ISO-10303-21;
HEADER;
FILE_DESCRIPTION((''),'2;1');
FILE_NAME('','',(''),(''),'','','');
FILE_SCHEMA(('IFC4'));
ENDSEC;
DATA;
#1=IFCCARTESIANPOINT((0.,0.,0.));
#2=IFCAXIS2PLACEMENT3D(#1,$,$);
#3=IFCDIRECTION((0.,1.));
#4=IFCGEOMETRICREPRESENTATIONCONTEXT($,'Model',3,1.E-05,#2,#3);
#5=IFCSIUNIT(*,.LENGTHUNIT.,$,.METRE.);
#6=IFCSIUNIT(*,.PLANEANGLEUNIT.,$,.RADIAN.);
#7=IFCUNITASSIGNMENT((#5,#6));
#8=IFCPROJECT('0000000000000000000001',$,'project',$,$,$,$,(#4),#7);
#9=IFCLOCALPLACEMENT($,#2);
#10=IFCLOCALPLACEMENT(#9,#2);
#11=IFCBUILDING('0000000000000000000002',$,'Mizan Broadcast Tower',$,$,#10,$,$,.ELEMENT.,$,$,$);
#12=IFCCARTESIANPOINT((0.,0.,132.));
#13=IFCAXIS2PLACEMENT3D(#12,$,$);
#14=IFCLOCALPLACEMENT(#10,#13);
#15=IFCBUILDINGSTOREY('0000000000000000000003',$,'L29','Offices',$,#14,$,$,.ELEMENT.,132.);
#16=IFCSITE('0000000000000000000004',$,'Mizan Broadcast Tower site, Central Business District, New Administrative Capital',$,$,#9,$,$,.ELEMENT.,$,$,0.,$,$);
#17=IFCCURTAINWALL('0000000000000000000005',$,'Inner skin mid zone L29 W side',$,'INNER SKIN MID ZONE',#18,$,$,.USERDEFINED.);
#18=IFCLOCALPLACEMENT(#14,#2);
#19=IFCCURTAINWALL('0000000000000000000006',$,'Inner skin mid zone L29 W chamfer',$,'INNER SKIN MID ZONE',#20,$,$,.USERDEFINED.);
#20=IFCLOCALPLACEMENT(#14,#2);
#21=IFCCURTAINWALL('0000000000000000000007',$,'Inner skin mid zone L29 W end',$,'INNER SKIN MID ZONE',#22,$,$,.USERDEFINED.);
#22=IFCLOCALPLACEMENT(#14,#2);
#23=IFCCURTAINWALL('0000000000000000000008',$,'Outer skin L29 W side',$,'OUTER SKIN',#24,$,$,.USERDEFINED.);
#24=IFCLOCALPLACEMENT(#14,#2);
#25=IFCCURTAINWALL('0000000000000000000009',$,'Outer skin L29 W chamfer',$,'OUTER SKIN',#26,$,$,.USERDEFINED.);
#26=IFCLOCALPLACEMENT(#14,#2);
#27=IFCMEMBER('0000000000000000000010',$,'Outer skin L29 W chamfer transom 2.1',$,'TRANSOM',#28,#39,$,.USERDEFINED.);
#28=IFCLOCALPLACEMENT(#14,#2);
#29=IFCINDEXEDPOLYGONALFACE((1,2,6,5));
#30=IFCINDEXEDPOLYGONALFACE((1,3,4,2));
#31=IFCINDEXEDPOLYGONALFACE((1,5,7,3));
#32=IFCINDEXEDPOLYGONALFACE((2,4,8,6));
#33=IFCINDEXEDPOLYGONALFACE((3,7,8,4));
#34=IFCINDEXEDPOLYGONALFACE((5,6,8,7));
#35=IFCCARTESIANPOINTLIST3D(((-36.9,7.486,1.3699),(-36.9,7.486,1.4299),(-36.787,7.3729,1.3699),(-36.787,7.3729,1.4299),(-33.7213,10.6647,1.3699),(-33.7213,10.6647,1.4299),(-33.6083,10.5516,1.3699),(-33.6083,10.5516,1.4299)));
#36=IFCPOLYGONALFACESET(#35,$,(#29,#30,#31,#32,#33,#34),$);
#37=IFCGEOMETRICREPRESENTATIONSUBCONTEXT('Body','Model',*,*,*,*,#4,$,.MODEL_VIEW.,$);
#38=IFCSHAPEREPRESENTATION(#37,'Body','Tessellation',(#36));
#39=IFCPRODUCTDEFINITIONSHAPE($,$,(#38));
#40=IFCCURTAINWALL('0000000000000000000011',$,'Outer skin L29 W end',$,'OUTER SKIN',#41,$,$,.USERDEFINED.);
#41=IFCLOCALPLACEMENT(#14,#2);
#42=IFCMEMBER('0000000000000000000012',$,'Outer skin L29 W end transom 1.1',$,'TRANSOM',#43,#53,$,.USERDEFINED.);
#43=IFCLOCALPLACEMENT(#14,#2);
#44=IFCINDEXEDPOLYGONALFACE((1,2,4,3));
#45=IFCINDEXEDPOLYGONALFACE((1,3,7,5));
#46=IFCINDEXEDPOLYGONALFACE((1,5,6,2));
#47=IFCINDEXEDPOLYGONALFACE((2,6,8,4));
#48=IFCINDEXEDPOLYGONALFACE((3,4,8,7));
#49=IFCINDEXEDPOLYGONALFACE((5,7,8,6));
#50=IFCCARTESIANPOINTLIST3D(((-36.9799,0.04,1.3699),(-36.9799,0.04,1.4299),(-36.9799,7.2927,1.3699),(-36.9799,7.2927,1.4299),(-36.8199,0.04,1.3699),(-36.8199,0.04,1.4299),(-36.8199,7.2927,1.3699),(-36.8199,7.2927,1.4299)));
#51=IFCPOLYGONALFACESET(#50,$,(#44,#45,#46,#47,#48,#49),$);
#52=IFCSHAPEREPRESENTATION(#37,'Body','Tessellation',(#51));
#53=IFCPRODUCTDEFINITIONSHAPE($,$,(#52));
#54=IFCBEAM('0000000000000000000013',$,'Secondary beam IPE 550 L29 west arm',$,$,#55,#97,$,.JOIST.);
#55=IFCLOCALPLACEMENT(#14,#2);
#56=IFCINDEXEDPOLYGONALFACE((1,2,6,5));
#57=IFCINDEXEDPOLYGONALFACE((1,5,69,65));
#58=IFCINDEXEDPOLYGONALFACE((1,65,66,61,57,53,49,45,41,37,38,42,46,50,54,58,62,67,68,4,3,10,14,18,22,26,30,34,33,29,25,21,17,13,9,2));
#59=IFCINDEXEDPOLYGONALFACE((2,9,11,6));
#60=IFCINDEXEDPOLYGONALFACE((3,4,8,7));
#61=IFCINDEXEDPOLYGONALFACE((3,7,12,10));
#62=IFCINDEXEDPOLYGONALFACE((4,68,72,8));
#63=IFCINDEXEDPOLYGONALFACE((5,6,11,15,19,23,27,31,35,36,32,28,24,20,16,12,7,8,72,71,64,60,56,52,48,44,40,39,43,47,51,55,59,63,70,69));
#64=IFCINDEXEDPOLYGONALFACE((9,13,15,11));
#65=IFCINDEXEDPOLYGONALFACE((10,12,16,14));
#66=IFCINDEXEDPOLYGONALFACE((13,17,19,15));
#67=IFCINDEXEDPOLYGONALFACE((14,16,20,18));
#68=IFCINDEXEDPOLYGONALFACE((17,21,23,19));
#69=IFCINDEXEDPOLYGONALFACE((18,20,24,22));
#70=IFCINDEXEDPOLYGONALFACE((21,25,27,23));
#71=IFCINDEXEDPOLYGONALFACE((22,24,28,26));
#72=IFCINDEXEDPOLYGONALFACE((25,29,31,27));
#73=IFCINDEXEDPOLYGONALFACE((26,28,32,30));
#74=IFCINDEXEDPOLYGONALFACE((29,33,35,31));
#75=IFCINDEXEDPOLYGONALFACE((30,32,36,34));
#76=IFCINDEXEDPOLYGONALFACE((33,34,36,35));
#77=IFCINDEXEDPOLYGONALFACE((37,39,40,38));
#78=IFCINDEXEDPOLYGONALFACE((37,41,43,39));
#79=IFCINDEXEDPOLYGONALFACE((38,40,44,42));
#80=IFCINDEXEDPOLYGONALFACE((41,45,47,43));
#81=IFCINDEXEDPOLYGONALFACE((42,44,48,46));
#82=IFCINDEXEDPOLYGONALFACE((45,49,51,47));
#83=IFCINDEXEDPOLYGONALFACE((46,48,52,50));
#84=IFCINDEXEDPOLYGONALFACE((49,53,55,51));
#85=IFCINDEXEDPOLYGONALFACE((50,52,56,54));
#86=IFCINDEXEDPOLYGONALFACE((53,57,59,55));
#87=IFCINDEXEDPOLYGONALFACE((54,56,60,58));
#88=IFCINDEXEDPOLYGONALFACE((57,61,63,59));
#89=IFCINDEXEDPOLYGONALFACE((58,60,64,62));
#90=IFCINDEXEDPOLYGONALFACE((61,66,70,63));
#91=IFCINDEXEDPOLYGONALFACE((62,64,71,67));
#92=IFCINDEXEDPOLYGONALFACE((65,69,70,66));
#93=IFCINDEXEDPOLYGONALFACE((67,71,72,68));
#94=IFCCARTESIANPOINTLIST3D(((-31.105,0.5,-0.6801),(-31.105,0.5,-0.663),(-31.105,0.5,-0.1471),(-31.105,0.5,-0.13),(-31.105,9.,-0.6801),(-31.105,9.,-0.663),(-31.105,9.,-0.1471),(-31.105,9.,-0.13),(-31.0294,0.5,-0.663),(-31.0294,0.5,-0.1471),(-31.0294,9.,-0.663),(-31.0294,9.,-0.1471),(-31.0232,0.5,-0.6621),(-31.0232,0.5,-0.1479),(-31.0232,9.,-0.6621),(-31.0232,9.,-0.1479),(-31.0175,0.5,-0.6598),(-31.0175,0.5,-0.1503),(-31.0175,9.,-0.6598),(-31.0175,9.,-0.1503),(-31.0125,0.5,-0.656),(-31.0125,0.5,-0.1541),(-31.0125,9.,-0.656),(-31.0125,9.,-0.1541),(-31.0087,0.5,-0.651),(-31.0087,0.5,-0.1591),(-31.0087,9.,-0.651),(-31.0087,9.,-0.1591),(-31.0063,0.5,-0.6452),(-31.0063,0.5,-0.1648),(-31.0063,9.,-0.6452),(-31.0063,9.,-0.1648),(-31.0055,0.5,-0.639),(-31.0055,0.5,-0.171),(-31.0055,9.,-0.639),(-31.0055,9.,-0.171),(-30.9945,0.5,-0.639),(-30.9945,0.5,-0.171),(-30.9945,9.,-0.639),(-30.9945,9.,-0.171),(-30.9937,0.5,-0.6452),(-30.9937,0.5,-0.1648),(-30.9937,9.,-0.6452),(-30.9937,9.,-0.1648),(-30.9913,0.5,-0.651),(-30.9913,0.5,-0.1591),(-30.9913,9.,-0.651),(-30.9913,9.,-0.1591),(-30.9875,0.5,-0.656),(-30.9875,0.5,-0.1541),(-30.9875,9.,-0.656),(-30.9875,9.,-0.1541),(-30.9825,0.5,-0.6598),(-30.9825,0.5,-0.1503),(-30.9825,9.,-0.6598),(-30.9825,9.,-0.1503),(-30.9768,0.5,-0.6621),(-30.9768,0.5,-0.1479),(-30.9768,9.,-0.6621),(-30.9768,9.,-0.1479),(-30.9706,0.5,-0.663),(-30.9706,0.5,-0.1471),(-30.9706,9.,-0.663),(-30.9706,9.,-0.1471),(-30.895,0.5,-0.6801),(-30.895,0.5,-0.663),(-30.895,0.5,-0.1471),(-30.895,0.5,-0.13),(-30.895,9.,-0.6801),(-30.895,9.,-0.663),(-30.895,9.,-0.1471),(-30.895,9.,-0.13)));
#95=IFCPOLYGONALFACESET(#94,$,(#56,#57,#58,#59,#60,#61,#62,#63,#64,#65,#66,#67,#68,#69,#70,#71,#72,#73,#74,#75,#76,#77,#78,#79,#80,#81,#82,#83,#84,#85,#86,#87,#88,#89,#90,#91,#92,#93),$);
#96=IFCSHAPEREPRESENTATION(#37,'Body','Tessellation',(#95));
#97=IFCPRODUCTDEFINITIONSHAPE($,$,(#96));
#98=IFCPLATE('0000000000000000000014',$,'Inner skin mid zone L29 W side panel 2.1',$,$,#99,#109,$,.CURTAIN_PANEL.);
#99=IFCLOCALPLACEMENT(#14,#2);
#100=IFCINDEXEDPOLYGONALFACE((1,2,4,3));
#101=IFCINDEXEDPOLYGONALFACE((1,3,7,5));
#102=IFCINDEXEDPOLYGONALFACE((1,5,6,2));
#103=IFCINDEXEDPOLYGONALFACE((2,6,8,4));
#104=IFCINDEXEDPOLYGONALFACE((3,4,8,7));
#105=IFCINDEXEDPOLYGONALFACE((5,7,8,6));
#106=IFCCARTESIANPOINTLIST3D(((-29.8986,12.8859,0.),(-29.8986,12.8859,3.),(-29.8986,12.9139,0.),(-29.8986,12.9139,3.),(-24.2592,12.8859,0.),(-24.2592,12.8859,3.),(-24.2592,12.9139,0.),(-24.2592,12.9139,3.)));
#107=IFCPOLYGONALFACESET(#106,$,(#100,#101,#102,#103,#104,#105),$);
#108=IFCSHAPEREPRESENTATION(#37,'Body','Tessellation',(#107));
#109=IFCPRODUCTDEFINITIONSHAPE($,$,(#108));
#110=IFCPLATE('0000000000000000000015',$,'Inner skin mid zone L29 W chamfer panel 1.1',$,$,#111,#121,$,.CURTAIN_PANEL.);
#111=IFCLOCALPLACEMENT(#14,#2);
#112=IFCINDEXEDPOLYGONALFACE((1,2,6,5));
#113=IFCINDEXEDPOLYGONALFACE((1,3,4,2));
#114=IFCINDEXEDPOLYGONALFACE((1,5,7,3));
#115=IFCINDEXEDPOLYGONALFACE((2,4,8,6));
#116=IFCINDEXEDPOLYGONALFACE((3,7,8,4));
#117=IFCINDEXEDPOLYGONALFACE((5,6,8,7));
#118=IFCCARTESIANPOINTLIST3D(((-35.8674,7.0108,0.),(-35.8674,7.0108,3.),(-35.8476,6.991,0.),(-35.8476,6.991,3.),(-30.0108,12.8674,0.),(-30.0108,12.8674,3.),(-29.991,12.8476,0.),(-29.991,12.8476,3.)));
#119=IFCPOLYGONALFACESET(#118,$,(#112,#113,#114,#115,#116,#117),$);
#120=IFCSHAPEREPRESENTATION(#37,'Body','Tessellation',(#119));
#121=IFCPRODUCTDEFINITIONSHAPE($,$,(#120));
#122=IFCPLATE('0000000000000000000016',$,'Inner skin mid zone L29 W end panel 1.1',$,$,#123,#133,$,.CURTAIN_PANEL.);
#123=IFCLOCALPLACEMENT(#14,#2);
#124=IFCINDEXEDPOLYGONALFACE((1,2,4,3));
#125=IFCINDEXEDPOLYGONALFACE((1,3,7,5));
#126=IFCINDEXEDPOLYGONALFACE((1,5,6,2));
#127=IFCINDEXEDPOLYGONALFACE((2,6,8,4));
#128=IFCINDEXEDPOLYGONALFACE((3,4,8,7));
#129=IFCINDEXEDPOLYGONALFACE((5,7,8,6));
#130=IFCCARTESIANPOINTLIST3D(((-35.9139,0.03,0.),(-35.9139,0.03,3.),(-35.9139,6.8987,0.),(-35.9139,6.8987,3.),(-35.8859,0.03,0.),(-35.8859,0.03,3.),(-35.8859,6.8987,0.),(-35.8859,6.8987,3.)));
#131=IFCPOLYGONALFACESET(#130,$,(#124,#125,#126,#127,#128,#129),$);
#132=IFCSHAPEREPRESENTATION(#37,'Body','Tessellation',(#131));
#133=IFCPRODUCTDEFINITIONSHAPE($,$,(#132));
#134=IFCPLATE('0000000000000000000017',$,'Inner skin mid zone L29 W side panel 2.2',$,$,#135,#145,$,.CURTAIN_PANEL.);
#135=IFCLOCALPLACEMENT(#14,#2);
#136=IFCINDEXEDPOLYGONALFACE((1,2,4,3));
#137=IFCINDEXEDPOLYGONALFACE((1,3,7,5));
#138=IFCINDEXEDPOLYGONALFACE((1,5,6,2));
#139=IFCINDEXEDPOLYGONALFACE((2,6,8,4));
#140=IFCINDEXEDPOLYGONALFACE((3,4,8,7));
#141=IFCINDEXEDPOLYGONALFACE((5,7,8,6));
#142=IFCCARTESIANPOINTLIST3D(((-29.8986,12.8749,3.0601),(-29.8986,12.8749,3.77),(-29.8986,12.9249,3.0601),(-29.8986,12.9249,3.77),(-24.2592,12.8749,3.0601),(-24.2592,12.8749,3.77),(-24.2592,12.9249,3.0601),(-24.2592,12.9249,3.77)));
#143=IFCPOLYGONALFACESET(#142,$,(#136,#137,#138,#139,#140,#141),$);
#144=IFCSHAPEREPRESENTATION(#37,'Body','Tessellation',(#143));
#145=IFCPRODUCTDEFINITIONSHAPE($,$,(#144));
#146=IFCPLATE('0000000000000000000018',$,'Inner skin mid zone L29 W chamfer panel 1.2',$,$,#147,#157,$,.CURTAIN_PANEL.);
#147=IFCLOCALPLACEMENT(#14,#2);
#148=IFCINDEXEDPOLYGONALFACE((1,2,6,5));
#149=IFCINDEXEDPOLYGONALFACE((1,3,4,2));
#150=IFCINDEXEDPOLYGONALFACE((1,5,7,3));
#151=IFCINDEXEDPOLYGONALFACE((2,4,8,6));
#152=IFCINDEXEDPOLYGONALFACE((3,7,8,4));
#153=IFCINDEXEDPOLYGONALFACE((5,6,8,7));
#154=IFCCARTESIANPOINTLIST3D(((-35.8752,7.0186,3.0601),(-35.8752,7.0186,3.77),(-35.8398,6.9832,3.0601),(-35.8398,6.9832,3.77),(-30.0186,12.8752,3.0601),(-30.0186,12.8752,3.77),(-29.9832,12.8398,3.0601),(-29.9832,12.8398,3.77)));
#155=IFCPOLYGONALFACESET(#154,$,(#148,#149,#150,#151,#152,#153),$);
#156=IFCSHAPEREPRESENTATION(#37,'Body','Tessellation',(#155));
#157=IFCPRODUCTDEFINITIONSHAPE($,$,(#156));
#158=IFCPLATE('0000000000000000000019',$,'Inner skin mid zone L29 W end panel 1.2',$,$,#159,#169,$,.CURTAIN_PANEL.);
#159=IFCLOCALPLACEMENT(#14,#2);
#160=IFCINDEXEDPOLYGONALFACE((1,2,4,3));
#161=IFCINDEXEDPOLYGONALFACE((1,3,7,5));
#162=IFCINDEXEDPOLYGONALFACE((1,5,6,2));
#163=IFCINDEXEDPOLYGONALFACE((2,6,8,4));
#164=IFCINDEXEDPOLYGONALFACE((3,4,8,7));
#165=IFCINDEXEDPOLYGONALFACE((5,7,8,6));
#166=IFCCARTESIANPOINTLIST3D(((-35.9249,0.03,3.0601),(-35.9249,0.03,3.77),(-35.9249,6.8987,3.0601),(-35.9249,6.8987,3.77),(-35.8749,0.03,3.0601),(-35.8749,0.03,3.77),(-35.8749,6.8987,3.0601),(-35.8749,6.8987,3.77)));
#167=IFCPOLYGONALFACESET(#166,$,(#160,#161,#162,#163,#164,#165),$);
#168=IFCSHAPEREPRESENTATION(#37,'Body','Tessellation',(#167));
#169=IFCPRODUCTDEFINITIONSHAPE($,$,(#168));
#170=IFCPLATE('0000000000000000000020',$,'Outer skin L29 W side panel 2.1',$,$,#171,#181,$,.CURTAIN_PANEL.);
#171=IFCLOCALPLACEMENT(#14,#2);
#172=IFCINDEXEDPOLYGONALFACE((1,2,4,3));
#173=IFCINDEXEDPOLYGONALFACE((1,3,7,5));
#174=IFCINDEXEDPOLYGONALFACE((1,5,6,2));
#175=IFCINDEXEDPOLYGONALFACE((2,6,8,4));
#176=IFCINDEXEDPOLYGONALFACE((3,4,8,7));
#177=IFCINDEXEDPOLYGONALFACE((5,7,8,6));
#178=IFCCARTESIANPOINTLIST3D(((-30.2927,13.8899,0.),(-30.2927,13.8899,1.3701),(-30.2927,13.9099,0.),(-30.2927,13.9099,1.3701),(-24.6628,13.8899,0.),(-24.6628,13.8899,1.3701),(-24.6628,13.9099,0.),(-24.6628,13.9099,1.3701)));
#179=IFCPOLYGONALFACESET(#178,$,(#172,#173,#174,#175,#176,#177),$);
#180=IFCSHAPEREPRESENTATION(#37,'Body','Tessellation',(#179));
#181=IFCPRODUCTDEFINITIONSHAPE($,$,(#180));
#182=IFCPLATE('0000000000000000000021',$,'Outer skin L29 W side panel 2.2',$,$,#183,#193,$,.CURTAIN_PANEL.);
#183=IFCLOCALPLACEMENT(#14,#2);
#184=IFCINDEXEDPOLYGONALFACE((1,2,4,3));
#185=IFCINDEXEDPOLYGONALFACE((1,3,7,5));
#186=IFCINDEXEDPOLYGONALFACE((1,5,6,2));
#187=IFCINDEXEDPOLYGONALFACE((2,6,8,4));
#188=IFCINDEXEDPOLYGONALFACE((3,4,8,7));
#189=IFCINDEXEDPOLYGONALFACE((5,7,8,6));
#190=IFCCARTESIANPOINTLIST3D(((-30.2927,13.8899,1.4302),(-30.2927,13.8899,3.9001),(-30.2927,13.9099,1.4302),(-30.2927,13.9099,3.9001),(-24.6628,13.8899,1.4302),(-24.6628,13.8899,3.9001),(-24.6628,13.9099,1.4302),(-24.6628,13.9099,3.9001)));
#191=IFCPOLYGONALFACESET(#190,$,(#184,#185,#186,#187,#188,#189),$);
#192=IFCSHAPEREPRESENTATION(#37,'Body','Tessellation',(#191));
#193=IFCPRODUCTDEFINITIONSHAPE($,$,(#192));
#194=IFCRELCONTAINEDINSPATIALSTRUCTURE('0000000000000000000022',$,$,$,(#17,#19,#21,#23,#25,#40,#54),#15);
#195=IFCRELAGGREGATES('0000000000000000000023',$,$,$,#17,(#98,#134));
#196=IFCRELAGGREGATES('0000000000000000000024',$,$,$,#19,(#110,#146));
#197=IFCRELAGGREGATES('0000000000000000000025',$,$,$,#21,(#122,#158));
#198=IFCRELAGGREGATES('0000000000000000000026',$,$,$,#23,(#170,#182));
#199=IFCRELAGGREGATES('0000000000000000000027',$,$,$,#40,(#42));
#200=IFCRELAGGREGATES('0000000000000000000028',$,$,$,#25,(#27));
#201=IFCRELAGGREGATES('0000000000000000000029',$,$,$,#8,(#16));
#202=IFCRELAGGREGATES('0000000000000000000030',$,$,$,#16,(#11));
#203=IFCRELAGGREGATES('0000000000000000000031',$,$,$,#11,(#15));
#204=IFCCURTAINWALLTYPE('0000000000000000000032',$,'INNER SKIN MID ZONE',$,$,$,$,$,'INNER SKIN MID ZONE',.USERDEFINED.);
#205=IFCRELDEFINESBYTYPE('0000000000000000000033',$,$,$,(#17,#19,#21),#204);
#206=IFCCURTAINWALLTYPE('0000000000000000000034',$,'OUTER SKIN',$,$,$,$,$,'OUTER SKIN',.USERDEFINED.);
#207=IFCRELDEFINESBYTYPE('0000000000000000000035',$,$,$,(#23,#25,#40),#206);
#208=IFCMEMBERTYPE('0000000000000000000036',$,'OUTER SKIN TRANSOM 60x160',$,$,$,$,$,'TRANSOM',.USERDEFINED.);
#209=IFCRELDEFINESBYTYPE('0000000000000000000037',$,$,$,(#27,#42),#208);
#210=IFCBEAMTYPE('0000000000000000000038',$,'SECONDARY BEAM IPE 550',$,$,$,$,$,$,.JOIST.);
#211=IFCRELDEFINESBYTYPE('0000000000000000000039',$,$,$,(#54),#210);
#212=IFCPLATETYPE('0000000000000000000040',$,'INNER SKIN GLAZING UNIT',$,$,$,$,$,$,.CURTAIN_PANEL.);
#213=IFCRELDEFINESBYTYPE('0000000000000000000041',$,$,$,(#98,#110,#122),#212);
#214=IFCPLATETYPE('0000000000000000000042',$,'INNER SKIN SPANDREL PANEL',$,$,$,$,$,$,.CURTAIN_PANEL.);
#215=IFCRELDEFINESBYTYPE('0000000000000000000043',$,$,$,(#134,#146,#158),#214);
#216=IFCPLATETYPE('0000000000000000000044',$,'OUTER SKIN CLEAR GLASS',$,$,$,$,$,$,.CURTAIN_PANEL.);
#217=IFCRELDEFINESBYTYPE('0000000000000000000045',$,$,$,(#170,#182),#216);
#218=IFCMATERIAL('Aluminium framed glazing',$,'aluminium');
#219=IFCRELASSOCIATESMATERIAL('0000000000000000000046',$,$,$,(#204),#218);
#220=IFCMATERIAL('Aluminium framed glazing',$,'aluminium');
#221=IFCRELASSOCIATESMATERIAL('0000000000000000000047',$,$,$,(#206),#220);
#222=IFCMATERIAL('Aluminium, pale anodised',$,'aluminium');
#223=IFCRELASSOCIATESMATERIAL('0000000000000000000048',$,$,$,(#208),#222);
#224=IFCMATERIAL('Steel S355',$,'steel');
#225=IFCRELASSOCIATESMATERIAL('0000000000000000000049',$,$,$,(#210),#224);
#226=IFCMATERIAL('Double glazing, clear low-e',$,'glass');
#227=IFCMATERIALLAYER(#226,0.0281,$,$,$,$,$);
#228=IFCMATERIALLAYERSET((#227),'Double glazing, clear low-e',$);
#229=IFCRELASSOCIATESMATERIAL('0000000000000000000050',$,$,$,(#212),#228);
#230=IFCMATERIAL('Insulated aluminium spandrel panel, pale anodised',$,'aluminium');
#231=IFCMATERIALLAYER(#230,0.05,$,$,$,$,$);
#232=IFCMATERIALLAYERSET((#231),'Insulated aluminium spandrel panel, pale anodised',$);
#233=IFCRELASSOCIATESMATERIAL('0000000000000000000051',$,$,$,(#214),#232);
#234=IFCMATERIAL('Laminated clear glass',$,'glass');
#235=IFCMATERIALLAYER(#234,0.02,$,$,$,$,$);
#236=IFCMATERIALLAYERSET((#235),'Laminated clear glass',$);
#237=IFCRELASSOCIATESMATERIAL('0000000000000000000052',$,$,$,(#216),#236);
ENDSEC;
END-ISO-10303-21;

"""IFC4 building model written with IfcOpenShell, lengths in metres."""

from ifc_helpers import new_model, si_unit, direction, frame, origin, origin_2d, place, context, subcontext, project, spatial, rectangle, i_section, extrude, material, layer, layer_set, material_profile, profile_set, type_object, element, aggregate, save


model = new_model("IFC4")

# Units and contexts
model_context = context("Model", 3, precision=1e-05, world=origin(), true_north=direction((0.0, 1.0)))
body_context = subcontext(model_context, "Body", "Model", "MODEL_VIEW")
ifc_project = project(units=[si_unit("LENGTHUNIT", "METRE"), si_unit("PLANEANGLEUNIT", "RADIAN")], contexts=[model_context])

# Site, building, storey
site_placement = place(None, origin())
site = spatial("IfcSite", under=ifc_project, at=site_placement, Name="Mizan Broadcast Tower site, Central Business District, New Administrative Capital", CompositionType="ELEMENT", RefElevation=0.0)
building_placement = place(site_placement, origin())
building = spatial("IfcBuilding", under=site, at=building_placement, Name="Mizan Broadcast Tower", CompositionType="ELEMENT")
storey_placement = place(building_placement, frame((0.0, 0.0, 132.0)))
storey = spatial("IfcBuildingStorey", under=building, at=storey_placement, Name="L29", Description="Offices", CompositionType="ELEMENT", Elevation=132.0)

# Curtain wall
ifc_material_1 = material(Name="Aluminium framed glazing", Category="aluminium")
curtain_wall_type_1 = type_object("IfcCurtainWallType", Name="INNER SKIN MID ZONE", ElementType="INNER SKIN MID ZONE", PredefinedType="USERDEFINED", material=ifc_material_1)
curtain_wall_1_placement = place(storey_placement, origin())
curtain_wall_1 = element("IfcCurtainWall", 1, at=curtain_wall_1_placement, inside=storey, type_object=curtain_wall_type_1, Name="Inner skin mid zone L29 W side", ObjectType="INNER SKIN MID ZONE", PredefinedType="USERDEFINED")

# Curtain wall
curtain_wall_2_placement = place(storey_placement, origin())
curtain_wall_2 = element("IfcCurtainWall", 2, at=curtain_wall_2_placement, inside=storey, type_object=curtain_wall_type_1, Name="Inner skin mid zone L29 W chamfer", ObjectType="INNER SKIN MID ZONE", PredefinedType="USERDEFINED")

# Curtain walls
curtain_wall_3_placement = place(storey_placement, origin())
curtain_wall_3 = element("IfcCurtainWall", 3, at=curtain_wall_3_placement, inside=storey, type_object=curtain_wall_type_1, Name="Inner skin mid zone L29 W end", ObjectType="INNER SKIN MID ZONE", PredefinedType="USERDEFINED")
ifc_material_2 = material(Name="Aluminium framed glazing", Category="aluminium")
curtain_wall_type_2 = type_object("IfcCurtainWallType", Name="OUTER SKIN", ElementType="OUTER SKIN", PredefinedType="USERDEFINED", material=ifc_material_2)
curtain_wall_4_placement = place(storey_placement, origin())
curtain_wall_4 = element("IfcCurtainWall", 4, at=curtain_wall_4_placement, inside=storey, type_object=curtain_wall_type_2, Name="Outer skin L29 W side", ObjectType="OUTER SKIN", PredefinedType="USERDEFINED")

# Curtain wall, member
curtain_wall_5_placement = place(storey_placement, origin())
curtain_wall_5 = element("IfcCurtainWall", 5, at=curtain_wall_5_placement, inside=storey, type_object=curtain_wall_type_2, Name="Outer skin L29 W chamfer", ObjectType="OUTER SKIN", PredefinedType="USERDEFINED")
ifc_material_3 = material(Name="Aluminium, pale anodised", Category="aluminium")
ifc_material_profile_1 = material_profile(ifc_material_3, rectangle(XDim=0.1599, YDim=0.0601, at=origin_2d()), Name="TRANSOM 160x60")
ifc_profile_set_1 = profile_set([ifc_material_profile_1], Name="Aluminium, pale anodised")
member_type_1 = type_object("IfcMemberType", Name="OUTER SKIN TRANSOM 60x160", ElementType="TRANSOM", PredefinedType="USERDEFINED", material=ifc_profile_set_1)
member_1_placement = place(storey_placement, frame((-33.6648, 10.6082, 1.3999), z_axis=(-0.707107, -0.707107, 0.0), x_axis=(0.707107, -0.707107, 0.0)))
member_1 = element("IfcMember", 6, at=member_1_placement, type_object=member_type_1, Name="Outer skin L29 W chamfer transom 2.1", ObjectType="TRANSOM", PredefinedType="USERDEFINED", context=body_context, shape_type="SweptSolid", body=[
    extrude(rectangle(XDim=0.1599, YDim=0.0601, at=origin_2d()), origin(), (0.0, 0.0, 1.0), 4.4954),
])

# Curtain wall, member
curtain_wall_6_placement = place(storey_placement, origin())
curtain_wall_6 = element("IfcCurtainWall", 7, at=curtain_wall_6_placement, inside=storey, type_object=curtain_wall_type_2, Name="Outer skin L29 W end", ObjectType="OUTER SKIN", PredefinedType="USERDEFINED")
member_2_placement = place(storey_placement, frame((-36.8999, 7.2927, 1.3999), z_axis=(0.0, -1.0, 0.0), x_axis=(1.0, 0.0, 0.0)))
member_2 = element("IfcMember", 8, at=member_2_placement, type_object=member_type_1, Name="Outer skin L29 W end transom 1.1", ObjectType="TRANSOM", PredefinedType="USERDEFINED", context=body_context, shape_type="SweptSolid", body=[
    extrude(rectangle(XDim=0.1599, YDim=0.0601, at=origin_2d()), origin(), (0.0, 0.0, 1.0), 7.2527),
])

# Beam
ifc_material_4 = material(Name="Steel S355", Category="steel")
ifc_material_profile_2 = material_profile(ifc_material_4, i_section(OverallWidth=0.21, OverallDepth=0.55, WebThickness=0.011, FlangeThickness=0.0171, FilletRadius=0.0239, at=origin_2d()), Name="IPE 550")
ifc_profile_set_2 = profile_set([ifc_material_profile_2], Name="Steel S355")
beam_type_1 = type_object("IfcBeamType", Name="SECONDARY BEAM IPE 550", PredefinedType="JOIST", material=ifc_profile_set_2)
beam_1_placement = place(storey_placement, frame((-31.0, 9.0, -0.405), z_axis=(0.0, -1.0, 0.0), x_axis=(1.0, 0.0, 0.0)))
element("IfcBeam", 9, at=beam_1_placement, inside=storey, type_object=beam_type_1, Name="Secondary beam IPE 550 L29 west arm", PredefinedType="JOIST", context=body_context, shape_type="SweptSolid", body=[
    extrude(i_section(OverallWidth=0.21, OverallDepth=0.55, WebThickness=0.011, FlangeThickness=0.0171, FilletRadius=0.0239, at=origin_2d()), origin(), (0.0, 0.0, 1.0), 8.5),
])

# Plates
ifc_material_5 = material(Name="Double glazing, clear low-e", Category="glass")
ifc_layer_1 = layer(ifc_material_5, 0.0281)
ifc_layer_set_1 = layer_set([ifc_layer_1], Name="Double glazing, clear low-e")
plate_type_1 = type_object("IfcPlateType", Name="INNER SKIN GLAZING UNIT", PredefinedType="CURTAIN_PANEL", material=ifc_layer_set_1)
plate_1_placement = place(storey_placement, frame((-27.0789, 12.8999, 0.0), z_axis=(0.0, 0.0, 1.0), x_axis=(-1.0, 0.0, 0.0)))
plate_1 = element("IfcPlate", 10, at=plate_1_placement, type_object=plate_type_1, Name="Inner skin mid zone L29 W side panel 2.1", PredefinedType="CURTAIN_PANEL", context=body_context, shape_type="SweptSolid", body=[
    extrude(rectangle(XDim=5.6394, YDim=0.0281, at=origin_2d()), origin(), (0.0, 0.0, 1.0), 3.0),
])
plate_2_placement = place(storey_placement, frame((-32.9292, 9.9292, 0.0), z_axis=(0.0, 0.0, 1.0), x_axis=(-0.707107, -0.707107, 0.0)))
plate_2 = element("IfcPlate", 11, at=plate_2_placement, type_object=plate_type_1, Name="Inner skin mid zone L29 W chamfer panel 1.1", PredefinedType="CURTAIN_PANEL", context=body_context, shape_type="SweptSolid", body=[
    extrude(rectangle(XDim=8.2825, YDim=0.0281, at=origin_2d()), origin(), (0.0, 0.0, 1.0), 3.0),
])
plate_3_placement = place(storey_placement, frame((-35.8999, 3.4644, 0.0), z_axis=(0.0, 0.0, 1.0), x_axis=(0.0, -1.0, 0.0)))
plate_3 = element("IfcPlate", 12, at=plate_3_placement, type_object=plate_type_1, Name="Inner skin mid zone L29 W end panel 1.1", PredefinedType="CURTAIN_PANEL", context=body_context, shape_type="SweptSolid", body=[
    extrude(rectangle(XDim=6.8687, YDim=0.0281, at=origin_2d()), origin(), (0.0, 0.0, 1.0), 3.0),
])
ifc_material_6 = material(Name="Insulated aluminium spandrel panel, pale anodised", Category="aluminium")
ifc_layer_2 = layer(ifc_material_6, 0.05)
ifc_layer_set_2 = layer_set([ifc_layer_2], Name="Insulated aluminium spandrel panel, pale anodised")
plate_type_2 = type_object("IfcPlateType", Name="INNER SKIN SPANDREL PANEL", PredefinedType="CURTAIN_PANEL", material=ifc_layer_set_2)
plate_4_placement = place(storey_placement, frame((-27.0789, 12.8999, 3.0601), z_axis=(0.0, 0.0, 1.0), x_axis=(-1.0, 0.0, 0.0)))
plate_4 = element("IfcPlate", 13, at=plate_4_placement, type_object=plate_type_2, Name="Inner skin mid zone L29 W side panel 2.2", PredefinedType="CURTAIN_PANEL", context=body_context, shape_type="SweptSolid", body=[
    extrude(rectangle(XDim=5.6394, YDim=0.05, at=origin_2d()), origin(), (0.0, 0.0, 1.0), 0.71),
])
aggregate(curtain_wall_1, [plate_1, plate_4])
plate_5_placement = place(storey_placement, frame((-32.9292, 9.9292, 3.0601), z_axis=(0.0, 0.0, 1.0), x_axis=(-0.707107, -0.707107, 0.0)))
plate_5 = element("IfcPlate", 14, at=plate_5_placement, type_object=plate_type_2, Name="Inner skin mid zone L29 W chamfer panel 1.2", PredefinedType="CURTAIN_PANEL", context=body_context, shape_type="SweptSolid", body=[
    extrude(rectangle(XDim=8.2825, YDim=0.05, at=origin_2d()), origin(), (0.0, 0.0, 1.0), 0.71),
])
aggregate(curtain_wall_2, [plate_2, plate_5])
plate_6_placement = place(storey_placement, frame((-35.8999, 3.4644, 3.0601), z_axis=(0.0, 0.0, 1.0), x_axis=(0.0, -1.0, 0.0)))
plate_6 = element("IfcPlate", 15, at=plate_6_placement, type_object=plate_type_2, Name="Inner skin mid zone L29 W end panel 1.2", PredefinedType="CURTAIN_PANEL", context=body_context, shape_type="SweptSolid", body=[
    extrude(rectangle(XDim=6.8687, YDim=0.05, at=origin_2d()), origin(), (0.0, 0.0, 1.0), 0.71),
])
aggregate(curtain_wall_3, [plate_3, plate_6])
ifc_material_7 = material(Name="Laminated clear glass", Category="glass")
ifc_layer_3 = layer(ifc_material_7, 0.02)
ifc_layer_set_3 = layer_set([ifc_layer_3], Name="Laminated clear glass")
plate_type_3 = type_object("IfcPlateType", Name="OUTER SKIN CLEAR GLASS", PredefinedType="CURTAIN_PANEL", material=ifc_layer_set_3)
plate_7_placement = place(storey_placement, frame((-27.4778, 13.8999, 0.0), z_axis=(0.0, 0.0, 1.0), x_axis=(-1.0, 0.0, 0.0)))
plate_7 = element("IfcPlate", 16, at=plate_7_placement, type_object=plate_type_3, Name="Outer skin L29 W side panel 2.1", PredefinedType="CURTAIN_PANEL", context=body_context, shape_type="SweptSolid", body=[
    extrude(rectangle(XDim=5.6299, YDim=0.02, at=origin_2d()), origin(), (0.0, 0.0, 1.0), 1.3701),
])
plate_8_placement = place(storey_placement, frame((-27.4778, 13.8999, 1.4302), z_axis=(0.0, 0.0, 1.0), x_axis=(-1.0, 0.0, 0.0)))
plate_8 = element("IfcPlate", 17, at=plate_8_placement, type_object=plate_type_3, Name="Outer skin L29 W side panel 2.2", PredefinedType="CURTAIN_PANEL", context=body_context, shape_type="SweptSolid", body=[
    extrude(rectangle(XDim=5.6299, YDim=0.02, at=origin_2d()), origin(), (0.0, 0.0, 1.0), 2.47),
])
aggregate(curtain_wall_4, [plate_7, plate_8])
aggregate(curtain_wall_6, [member_2])
aggregate(curtain_wall_5, [member_1])

save(model, "model.ifc")
